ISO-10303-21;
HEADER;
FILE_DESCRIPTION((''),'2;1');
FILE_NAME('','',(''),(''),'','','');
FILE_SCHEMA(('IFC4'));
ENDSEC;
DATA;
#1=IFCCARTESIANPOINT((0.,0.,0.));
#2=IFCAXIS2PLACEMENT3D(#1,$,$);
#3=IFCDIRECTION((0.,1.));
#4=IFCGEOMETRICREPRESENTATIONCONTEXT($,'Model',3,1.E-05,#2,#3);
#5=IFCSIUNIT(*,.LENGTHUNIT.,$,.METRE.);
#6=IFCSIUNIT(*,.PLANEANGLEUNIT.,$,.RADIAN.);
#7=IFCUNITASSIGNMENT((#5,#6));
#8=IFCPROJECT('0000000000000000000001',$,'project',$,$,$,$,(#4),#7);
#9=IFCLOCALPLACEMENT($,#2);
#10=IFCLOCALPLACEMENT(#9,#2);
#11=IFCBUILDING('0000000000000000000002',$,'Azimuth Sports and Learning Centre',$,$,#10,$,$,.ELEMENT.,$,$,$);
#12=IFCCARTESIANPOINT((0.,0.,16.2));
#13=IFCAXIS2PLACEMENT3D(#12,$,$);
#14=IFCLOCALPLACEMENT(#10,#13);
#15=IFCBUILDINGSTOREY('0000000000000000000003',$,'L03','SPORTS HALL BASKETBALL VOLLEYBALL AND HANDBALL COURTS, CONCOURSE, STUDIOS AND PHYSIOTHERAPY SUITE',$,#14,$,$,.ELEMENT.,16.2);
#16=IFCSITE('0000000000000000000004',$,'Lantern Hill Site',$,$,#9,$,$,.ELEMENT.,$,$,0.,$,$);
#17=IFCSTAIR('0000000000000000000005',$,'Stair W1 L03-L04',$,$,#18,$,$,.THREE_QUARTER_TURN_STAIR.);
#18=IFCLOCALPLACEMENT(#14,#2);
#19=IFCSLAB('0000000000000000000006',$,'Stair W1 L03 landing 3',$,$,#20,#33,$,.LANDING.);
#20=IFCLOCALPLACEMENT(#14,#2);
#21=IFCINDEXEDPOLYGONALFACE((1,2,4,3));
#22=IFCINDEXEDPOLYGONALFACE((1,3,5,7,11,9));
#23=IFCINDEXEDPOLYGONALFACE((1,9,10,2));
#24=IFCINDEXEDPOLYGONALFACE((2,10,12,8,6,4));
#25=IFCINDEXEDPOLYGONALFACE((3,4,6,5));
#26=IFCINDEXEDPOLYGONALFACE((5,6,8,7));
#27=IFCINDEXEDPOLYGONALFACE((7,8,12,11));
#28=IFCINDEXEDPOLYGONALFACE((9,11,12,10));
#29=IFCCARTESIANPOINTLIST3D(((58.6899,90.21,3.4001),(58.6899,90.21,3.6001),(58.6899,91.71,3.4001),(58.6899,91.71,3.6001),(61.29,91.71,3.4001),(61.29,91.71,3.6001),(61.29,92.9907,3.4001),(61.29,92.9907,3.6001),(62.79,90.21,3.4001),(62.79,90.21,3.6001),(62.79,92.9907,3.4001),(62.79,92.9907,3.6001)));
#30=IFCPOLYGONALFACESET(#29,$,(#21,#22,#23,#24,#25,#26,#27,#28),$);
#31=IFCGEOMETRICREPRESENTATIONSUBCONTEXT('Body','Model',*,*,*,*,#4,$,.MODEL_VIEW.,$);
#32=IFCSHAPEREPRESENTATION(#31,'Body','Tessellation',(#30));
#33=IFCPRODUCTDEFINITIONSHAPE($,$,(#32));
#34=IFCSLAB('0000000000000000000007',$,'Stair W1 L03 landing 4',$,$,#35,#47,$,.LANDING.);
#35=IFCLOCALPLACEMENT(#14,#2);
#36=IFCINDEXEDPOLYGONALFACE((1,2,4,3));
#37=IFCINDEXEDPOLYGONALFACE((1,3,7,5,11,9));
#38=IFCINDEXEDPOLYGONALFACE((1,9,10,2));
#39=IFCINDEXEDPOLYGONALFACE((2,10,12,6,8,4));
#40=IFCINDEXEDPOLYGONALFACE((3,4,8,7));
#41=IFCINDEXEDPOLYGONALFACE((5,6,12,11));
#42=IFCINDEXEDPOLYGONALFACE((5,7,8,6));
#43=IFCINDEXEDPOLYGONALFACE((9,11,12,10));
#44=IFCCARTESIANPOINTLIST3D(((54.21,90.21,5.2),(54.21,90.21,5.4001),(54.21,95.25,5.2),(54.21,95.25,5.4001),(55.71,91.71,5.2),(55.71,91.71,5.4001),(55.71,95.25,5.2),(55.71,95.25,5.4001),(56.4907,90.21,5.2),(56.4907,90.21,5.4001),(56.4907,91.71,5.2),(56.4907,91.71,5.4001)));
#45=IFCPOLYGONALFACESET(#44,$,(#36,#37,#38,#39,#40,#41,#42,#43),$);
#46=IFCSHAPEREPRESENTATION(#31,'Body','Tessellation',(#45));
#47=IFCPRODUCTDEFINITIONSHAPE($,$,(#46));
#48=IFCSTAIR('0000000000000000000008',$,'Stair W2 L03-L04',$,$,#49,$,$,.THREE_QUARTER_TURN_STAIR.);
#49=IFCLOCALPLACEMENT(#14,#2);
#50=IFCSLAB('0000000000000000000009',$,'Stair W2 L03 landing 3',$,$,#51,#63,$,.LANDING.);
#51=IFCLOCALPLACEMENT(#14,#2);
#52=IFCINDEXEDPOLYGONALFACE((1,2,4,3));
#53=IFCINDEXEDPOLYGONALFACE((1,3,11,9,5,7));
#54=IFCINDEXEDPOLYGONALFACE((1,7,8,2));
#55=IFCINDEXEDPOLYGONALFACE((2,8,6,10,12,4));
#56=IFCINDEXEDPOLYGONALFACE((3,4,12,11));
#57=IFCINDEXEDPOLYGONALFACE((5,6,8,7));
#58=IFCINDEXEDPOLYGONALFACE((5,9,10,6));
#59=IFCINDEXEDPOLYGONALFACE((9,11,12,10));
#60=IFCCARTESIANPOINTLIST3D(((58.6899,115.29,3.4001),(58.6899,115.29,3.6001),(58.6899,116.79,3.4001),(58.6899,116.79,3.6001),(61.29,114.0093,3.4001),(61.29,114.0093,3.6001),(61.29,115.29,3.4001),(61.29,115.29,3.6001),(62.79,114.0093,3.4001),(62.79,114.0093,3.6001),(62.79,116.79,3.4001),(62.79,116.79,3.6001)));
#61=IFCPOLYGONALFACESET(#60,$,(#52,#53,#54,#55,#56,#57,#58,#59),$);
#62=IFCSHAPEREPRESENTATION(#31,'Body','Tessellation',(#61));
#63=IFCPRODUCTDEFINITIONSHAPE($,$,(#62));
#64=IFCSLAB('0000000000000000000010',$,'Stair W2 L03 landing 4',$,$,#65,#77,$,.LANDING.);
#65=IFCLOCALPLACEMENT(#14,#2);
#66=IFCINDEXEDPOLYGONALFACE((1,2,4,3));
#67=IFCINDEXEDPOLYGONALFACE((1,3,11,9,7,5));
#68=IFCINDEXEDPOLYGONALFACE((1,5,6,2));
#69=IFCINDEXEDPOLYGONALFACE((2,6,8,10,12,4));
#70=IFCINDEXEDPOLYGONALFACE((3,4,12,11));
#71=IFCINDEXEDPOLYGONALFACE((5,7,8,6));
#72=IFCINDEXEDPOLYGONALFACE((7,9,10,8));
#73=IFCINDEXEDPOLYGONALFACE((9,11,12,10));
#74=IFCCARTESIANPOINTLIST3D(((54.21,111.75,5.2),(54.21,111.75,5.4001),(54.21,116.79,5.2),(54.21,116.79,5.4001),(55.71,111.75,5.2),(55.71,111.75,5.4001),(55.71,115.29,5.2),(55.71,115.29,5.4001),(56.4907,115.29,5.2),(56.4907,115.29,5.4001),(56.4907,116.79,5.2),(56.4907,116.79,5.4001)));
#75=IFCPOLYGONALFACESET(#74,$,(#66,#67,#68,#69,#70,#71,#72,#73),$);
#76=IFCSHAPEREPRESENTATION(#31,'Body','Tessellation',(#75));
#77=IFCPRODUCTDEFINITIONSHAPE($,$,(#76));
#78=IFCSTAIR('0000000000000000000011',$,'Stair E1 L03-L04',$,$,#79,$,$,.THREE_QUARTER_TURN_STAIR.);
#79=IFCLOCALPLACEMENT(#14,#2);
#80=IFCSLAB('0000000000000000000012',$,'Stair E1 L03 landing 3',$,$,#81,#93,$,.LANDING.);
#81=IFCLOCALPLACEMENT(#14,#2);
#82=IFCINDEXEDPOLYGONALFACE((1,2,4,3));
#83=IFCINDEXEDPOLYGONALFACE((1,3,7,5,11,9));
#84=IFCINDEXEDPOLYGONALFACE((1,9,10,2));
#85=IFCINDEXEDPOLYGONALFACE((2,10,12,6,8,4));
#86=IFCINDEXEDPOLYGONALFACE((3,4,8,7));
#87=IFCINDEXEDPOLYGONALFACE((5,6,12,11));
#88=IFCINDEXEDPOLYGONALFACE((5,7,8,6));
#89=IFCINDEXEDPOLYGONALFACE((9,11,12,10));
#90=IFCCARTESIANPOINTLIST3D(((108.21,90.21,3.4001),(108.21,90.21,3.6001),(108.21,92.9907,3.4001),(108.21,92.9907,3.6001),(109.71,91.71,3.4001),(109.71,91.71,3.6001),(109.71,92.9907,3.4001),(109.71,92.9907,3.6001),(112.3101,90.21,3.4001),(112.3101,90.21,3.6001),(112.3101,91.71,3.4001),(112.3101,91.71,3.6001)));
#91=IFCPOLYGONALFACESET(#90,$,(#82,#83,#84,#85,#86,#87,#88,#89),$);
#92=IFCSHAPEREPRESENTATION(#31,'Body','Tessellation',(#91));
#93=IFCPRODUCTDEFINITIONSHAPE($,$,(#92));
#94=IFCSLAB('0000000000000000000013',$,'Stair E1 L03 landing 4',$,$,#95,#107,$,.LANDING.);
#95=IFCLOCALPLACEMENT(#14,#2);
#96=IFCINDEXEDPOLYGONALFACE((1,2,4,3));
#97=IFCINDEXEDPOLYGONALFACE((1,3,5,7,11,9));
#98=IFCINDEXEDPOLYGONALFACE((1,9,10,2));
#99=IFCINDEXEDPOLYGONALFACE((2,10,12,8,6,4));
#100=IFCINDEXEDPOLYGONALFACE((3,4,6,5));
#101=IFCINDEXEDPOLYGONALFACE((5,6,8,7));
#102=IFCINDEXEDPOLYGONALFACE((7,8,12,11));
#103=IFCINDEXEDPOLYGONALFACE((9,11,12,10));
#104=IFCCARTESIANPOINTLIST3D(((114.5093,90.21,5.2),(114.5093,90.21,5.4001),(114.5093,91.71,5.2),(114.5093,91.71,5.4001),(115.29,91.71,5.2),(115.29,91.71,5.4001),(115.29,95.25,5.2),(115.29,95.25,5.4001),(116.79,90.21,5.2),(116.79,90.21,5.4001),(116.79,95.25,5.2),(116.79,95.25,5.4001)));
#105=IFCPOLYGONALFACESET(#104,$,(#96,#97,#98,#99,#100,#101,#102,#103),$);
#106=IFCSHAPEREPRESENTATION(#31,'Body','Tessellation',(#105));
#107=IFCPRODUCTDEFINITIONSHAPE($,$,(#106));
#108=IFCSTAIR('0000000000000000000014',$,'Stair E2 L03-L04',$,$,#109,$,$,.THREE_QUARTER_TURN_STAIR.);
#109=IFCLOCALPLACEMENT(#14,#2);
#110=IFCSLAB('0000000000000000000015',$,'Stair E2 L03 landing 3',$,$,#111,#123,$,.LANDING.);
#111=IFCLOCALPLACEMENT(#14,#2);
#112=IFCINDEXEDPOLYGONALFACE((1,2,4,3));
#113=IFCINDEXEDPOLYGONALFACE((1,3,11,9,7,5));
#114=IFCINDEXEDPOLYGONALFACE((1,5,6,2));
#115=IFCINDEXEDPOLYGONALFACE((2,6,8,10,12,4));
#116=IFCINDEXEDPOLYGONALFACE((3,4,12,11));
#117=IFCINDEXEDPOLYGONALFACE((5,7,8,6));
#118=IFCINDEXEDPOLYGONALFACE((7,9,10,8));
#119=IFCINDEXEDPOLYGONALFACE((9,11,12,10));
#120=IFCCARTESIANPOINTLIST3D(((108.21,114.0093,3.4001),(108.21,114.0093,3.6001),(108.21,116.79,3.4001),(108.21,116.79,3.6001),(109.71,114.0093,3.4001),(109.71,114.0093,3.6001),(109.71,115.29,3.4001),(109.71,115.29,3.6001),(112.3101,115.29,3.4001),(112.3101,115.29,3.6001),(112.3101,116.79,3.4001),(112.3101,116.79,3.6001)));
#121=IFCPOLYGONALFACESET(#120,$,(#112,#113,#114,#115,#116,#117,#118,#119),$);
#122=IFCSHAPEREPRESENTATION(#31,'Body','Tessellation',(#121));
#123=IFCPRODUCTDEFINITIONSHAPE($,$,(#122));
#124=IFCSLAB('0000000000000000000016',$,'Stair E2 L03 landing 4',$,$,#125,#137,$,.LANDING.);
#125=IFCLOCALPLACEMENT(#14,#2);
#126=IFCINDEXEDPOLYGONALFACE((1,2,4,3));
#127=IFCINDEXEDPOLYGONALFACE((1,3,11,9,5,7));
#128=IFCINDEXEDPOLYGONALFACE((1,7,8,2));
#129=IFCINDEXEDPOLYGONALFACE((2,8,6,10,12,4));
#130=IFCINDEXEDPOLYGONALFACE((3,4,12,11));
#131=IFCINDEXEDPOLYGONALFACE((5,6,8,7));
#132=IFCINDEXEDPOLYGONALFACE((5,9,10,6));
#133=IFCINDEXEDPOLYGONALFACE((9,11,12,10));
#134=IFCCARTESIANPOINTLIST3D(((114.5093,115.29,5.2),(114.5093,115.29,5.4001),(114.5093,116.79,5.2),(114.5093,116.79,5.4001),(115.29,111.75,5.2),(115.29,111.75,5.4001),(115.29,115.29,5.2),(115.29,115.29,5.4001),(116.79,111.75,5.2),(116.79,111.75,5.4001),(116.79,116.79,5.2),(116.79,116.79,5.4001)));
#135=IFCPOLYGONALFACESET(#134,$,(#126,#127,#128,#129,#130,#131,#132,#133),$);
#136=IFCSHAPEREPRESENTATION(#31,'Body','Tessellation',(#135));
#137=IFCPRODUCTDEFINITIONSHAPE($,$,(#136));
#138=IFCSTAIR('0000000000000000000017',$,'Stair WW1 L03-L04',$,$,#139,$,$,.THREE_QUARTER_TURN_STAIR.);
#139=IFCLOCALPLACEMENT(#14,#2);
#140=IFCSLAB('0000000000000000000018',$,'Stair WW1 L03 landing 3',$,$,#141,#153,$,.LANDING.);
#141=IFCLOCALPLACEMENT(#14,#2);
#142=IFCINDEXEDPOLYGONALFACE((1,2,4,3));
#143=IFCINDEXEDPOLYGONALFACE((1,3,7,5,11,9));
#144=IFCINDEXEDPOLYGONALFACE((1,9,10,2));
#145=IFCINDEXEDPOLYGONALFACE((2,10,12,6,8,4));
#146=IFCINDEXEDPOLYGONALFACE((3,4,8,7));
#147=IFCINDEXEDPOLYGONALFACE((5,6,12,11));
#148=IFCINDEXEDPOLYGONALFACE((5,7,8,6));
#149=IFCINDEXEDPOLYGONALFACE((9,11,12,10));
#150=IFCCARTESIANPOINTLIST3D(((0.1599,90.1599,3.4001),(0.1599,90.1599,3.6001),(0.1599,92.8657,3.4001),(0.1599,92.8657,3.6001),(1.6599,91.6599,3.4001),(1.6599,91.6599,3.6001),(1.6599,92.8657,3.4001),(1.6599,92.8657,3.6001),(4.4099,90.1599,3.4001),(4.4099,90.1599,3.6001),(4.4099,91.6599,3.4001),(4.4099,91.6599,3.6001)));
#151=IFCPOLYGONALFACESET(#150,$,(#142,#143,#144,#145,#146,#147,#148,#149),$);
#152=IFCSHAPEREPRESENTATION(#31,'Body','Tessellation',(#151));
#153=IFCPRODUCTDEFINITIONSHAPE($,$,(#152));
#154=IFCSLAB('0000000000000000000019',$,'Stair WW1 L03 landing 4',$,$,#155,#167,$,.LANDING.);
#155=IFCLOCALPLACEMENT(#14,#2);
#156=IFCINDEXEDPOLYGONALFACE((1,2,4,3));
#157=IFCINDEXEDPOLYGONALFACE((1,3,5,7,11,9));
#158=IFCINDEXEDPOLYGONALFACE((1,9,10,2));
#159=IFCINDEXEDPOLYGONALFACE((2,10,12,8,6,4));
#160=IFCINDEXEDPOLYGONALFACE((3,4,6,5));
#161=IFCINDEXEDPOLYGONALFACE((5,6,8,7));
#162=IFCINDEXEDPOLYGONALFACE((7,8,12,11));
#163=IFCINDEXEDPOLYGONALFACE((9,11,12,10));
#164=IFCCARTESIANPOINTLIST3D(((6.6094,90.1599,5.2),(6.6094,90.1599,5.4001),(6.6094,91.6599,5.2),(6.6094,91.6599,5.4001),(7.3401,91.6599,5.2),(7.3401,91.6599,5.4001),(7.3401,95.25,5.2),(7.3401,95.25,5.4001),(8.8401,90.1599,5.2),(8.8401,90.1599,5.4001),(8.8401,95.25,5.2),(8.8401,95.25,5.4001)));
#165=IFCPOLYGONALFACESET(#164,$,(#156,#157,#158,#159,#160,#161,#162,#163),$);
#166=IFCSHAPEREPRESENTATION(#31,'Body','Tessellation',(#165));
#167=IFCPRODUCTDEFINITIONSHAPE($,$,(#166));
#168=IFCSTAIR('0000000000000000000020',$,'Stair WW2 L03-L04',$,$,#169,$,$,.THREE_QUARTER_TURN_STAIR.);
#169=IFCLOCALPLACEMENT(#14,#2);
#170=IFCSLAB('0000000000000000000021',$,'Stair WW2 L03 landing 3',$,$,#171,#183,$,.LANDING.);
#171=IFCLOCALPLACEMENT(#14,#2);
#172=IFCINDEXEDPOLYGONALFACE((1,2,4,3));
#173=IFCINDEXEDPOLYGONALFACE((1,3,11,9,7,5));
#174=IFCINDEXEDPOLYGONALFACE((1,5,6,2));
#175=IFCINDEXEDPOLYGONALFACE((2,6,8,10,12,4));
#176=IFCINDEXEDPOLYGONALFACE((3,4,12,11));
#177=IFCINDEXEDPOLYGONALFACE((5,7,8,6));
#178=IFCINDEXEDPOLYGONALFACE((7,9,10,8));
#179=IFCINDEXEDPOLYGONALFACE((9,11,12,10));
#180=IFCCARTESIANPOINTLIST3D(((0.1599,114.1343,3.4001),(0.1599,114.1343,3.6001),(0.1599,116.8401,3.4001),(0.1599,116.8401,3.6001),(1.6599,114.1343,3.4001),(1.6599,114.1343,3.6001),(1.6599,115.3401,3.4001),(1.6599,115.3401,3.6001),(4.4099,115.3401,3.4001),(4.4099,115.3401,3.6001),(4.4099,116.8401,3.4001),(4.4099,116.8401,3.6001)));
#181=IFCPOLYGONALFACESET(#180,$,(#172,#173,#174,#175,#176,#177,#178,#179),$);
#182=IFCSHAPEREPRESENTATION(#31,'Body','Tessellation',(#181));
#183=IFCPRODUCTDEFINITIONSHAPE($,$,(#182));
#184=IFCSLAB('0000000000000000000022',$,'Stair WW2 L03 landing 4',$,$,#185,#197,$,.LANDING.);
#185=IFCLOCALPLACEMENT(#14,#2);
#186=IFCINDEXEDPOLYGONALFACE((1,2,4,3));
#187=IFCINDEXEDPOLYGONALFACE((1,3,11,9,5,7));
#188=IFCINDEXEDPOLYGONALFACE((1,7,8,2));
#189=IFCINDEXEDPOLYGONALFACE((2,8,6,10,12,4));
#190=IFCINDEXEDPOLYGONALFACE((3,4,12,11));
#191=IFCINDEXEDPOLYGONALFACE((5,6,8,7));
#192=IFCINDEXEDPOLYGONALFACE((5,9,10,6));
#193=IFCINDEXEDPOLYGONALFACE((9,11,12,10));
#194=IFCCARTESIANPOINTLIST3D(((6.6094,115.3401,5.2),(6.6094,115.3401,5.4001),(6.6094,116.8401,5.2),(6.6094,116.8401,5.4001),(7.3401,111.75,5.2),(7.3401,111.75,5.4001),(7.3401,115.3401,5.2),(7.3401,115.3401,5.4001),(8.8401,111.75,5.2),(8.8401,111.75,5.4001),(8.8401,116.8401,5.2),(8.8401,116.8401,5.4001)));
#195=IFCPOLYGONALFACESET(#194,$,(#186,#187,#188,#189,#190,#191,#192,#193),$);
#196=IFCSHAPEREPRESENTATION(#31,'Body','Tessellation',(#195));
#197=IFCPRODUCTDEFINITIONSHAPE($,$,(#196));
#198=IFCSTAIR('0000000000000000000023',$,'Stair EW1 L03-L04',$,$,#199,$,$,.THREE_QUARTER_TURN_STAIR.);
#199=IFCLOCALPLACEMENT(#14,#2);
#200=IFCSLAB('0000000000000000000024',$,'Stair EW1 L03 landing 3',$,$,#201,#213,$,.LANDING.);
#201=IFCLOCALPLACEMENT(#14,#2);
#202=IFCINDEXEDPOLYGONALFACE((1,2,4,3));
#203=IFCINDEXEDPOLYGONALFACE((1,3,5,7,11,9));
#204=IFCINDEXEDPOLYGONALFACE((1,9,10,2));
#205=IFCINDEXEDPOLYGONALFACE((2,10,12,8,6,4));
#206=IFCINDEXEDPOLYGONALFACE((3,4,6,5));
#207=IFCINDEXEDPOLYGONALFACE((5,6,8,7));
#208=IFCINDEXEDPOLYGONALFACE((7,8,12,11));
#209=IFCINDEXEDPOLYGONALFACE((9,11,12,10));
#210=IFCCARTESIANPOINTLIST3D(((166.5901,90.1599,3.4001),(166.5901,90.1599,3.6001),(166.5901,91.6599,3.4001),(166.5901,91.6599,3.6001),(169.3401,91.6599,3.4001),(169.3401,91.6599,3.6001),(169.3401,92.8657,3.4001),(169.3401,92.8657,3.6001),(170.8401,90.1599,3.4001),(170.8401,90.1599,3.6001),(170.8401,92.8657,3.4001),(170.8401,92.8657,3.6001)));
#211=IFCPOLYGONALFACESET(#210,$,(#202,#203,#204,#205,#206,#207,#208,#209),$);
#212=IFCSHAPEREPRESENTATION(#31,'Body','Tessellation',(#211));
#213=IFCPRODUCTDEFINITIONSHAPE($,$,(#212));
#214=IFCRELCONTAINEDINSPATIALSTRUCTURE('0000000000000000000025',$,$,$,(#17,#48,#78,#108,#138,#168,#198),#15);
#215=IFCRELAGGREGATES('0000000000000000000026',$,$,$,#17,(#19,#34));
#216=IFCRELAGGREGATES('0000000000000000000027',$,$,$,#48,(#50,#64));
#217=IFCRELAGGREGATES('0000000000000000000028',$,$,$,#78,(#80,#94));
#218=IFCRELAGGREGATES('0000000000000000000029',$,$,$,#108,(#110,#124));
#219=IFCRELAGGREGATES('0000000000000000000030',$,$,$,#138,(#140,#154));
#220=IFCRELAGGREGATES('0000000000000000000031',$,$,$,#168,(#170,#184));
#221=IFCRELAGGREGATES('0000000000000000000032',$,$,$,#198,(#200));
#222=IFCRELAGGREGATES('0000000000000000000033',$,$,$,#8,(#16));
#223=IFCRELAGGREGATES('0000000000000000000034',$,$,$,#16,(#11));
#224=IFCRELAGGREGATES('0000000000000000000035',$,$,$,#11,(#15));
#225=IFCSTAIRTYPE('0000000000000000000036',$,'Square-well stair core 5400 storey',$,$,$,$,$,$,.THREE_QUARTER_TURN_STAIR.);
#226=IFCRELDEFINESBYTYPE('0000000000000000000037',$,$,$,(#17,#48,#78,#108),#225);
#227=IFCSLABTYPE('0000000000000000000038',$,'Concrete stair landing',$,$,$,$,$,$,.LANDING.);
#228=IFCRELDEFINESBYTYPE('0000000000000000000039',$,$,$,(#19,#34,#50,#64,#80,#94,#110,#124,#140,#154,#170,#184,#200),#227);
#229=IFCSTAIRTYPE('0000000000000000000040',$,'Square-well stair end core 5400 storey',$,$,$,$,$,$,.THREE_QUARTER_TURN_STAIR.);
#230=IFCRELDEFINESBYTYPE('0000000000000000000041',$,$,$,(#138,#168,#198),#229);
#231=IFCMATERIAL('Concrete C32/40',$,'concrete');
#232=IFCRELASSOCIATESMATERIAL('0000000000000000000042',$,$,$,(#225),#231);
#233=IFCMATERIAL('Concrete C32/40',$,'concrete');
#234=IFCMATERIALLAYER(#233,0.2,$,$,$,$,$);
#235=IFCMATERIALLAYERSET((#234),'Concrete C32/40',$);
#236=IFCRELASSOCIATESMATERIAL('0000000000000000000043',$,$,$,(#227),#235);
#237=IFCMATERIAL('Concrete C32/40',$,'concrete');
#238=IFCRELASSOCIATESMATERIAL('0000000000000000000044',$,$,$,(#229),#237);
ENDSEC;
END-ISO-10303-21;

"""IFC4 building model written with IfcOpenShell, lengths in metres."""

from ifc_helpers import new_model, si_unit, direction, frame, origin, place, context, subcontext, project, spatial, polyline, outline, extrude, material, layer, layer_set, type_object, element, aggregate, save


model = new_model("IFC4")

# Units and contexts
model_context = context("Model", 3, precision=1e-05, world=origin(), true_north=direction((0.0, 1.0)))
body_context = subcontext(model_context, "Body", "Model", "MODEL_VIEW")
ifc_project = project(units=[si_unit("LENGTHUNIT", "METRE"), si_unit("PLANEANGLEUNIT", "RADIAN")], contexts=[model_context])

# Site, building, storey
site_placement = place(None, origin())
site = spatial("IfcSite", under=ifc_project, at=site_placement, Name="Lantern Hill Site", CompositionType="ELEMENT", RefElevation=0.0)
building_placement = place(site_placement, origin())
building = spatial("IfcBuilding", under=site, at=building_placement, Name="Azimuth Sports and Learning Centre", CompositionType="ELEMENT")
storey_placement = place(building_placement, frame((0.0, 0.0, 16.2)))
storey = spatial("IfcBuildingStorey", under=building, at=storey_placement, Name="L03", Description="SPORTS HALL BASKETBALL VOLLEYBALL AND HANDBALL COURTS, CONCOURSE, STUDIOS AND PHYSIOTHERAPY SUITE", CompositionType="ELEMENT", Elevation=16.2)

# Stairs, slabs
ifc_material_1 = material(Name="Concrete C32/40", Category="concrete")
stair_type_1 = type_object("IfcStairType", Name="Square-well stair core 5400 storey", PredefinedType="THREE_QUARTER_TURN_STAIR", material=ifc_material_1)
stair_1_placement = place(storey_placement, origin())
stair_1 = element("IfcStair", 1, at=stair_1_placement, inside=storey, type_object=stair_type_1, Name="Stair W1 L03-L04", PredefinedType="THREE_QUARTER_TURN_STAIR")
ifc_material_2 = material(Name="Concrete C32/40", Category="concrete")
ifc_layer = layer(ifc_material_2, 0.2)
ifc_layer_set = layer_set([ifc_layer], Name="Concrete C32/40")
slab_type = type_object("IfcSlabType", Name="Concrete stair landing", PredefinedType="LANDING", material=ifc_layer_set)
slab_1_placement = place(storey_placement, frame((0.0, 0.0, 3.4001)))
slab_1 = element("IfcSlab", 2, at=slab_1_placement, type_object=slab_type, Name="Stair W1 L03 landing 3", PredefinedType="LANDING", context=body_context, shape_type="SweptSolid", body=[
    extrude(outline(polyline([(61.29, 91.71), (58.6899, 91.71), (58.6899, 90.21), (62.79, 90.21), (62.79, 92.9907), (61.29, 92.9907), (61.29, 91.71)])), origin(), (0.0, 0.0, 1.0), 0.2),
])
slab_2_placement = place(storey_placement, frame((0.0, 0.0, 5.2)))
slab_2 = element("IfcSlab", 3, at=slab_2_placement, type_object=slab_type, Name="Stair W1 L03 landing 4", PredefinedType="LANDING", context=body_context, shape_type="SweptSolid", body=[
    extrude(outline(polyline([(55.71, 91.71), (55.71, 95.25), (54.21, 95.25), (54.21, 90.21), (56.4907, 90.21), (56.4907, 91.71), (55.71, 91.71)])), origin(), (0.0, 0.0, 1.0), 0.2002),
])
aggregate(stair_1, [slab_1, slab_2])
stair_2_placement = place(storey_placement, origin())
stair_2 = element("IfcStair", 4, at=stair_2_placement, inside=storey, type_object=stair_type_1, Name="Stair W2 L03-L04", PredefinedType="THREE_QUARTER_TURN_STAIR")
slab_3_placement = place(storey_placement, frame((0.0, 0.0, 3.4001)))
slab_3 = element("IfcSlab", 5, at=slab_3_placement, type_object=slab_type, Name="Stair W2 L03 landing 3", PredefinedType="LANDING", context=body_context, shape_type="SweptSolid", body=[
    extrude(outline(polyline([(61.29, 115.29), (61.29, 114.0093), (62.79, 114.0093), (62.79, 116.79), (58.6899, 116.79), (58.6899, 115.29), (61.29, 115.29)])), origin(), (0.0, 0.0, 1.0), 0.2),
])
slab_4_placement = place(storey_placement, frame((0.0, 0.0, 5.2)))
slab_4 = element("IfcSlab", 6, at=slab_4_placement, type_object=slab_type, Name="Stair W2 L03 landing 4", PredefinedType="LANDING", context=body_context, shape_type="SweptSolid", body=[
    extrude(outline(polyline([(55.71, 115.29), (56.4907, 115.29), (56.4907, 116.79), (54.21, 116.79), (54.21, 111.75), (55.71, 111.75), (55.71, 115.29)])), origin(), (0.0, 0.0, 1.0), 0.2002),
])
aggregate(stair_2, [slab_3, slab_4])
stair_3_placement = place(storey_placement, origin())
stair_3 = element("IfcStair", 7, at=stair_3_placement, inside=storey, type_object=stair_type_1, Name="Stair E1 L03-L04", PredefinedType="THREE_QUARTER_TURN_STAIR")
slab_5_placement = place(storey_placement, frame((0.0, 0.0, 3.4001)))
slab_5 = element("IfcSlab", 8, at=slab_5_placement, type_object=slab_type, Name="Stair E1 L03 landing 3", PredefinedType="LANDING", context=body_context, shape_type="SweptSolid", body=[
    extrude(outline(polyline([(109.71, 91.71), (109.71, 92.9907), (108.21, 92.9907), (108.21, 90.21), (112.3101, 90.21), (112.3101, 91.71), (109.71, 91.71)])), origin(), (0.0, 0.0, 1.0), 0.2),
])
slab_6_placement = place(storey_placement, frame((0.0, 0.0, 5.2)))
slab_6 = element("IfcSlab", 9, at=slab_6_placement, type_object=slab_type, Name="Stair E1 L03 landing 4", PredefinedType="LANDING", context=body_context, shape_type="SweptSolid", body=[
    extrude(outline(polyline([(115.29, 91.71), (114.5093, 91.71), (114.5093, 90.21), (116.79, 90.21), (116.79, 95.25), (115.29, 95.25), (115.29, 91.71)])), origin(), (0.0, 0.0, 1.0), 0.2002),
])
aggregate(stair_3, [slab_5, slab_6])
stair_4_placement = place(storey_placement, origin())
stair_4 = element("IfcStair", 10, at=stair_4_placement, inside=storey, type_object=stair_type_1, Name="Stair E2 L03-L04", PredefinedType="THREE_QUARTER_TURN_STAIR")
slab_7_placement = place(storey_placement, frame((0.0, 0.0, 3.4001)))
slab_7 = element("IfcSlab", 11, at=slab_7_placement, type_object=slab_type, Name="Stair E2 L03 landing 3", PredefinedType="LANDING", context=body_context, shape_type="SweptSolid", body=[
    extrude(outline(polyline([(109.71, 115.29), (112.3101, 115.29), (112.3101, 116.79), (108.21, 116.79), (108.21, 114.0093), (109.71, 114.0093), (109.71, 115.29)])), origin(), (0.0, 0.0, 1.0), 0.2),
])
slab_8_placement = place(storey_placement, frame((0.0, 0.0, 5.2)))
slab_8 = element("IfcSlab", 12, at=slab_8_placement, type_object=slab_type, Name="Stair E2 L03 landing 4", PredefinedType="LANDING", context=body_context, shape_type="SweptSolid", body=[
    extrude(outline(polyline([(115.29, 115.29), (115.29, 111.75), (116.79, 111.75), (116.79, 116.79), (114.5093, 116.79), (114.5093, 115.29), (115.29, 115.29)])), origin(), (0.0, 0.0, 1.0), 0.2002),
])
aggregate(stair_4, [slab_7, slab_8])
ifc_material_3 = material(Name="Concrete C32/40", Category="concrete")
stair_type_2 = type_object("IfcStairType", Name="Square-well stair end core 5400 storey", PredefinedType="THREE_QUARTER_TURN_STAIR", material=ifc_material_3)
stair_5_placement = place(storey_placement, origin())
stair_5 = element("IfcStair", 13, at=stair_5_placement, inside=storey, type_object=stair_type_2, Name="Stair WW1 L03-L04", PredefinedType="THREE_QUARTER_TURN_STAIR")
slab_9_placement = place(storey_placement, frame((0.0, 0.0, 3.4001)))
slab_9 = element("IfcSlab", 14, at=slab_9_placement, type_object=slab_type, Name="Stair WW1 L03 landing 3", PredefinedType="LANDING", context=body_context, shape_type="SweptSolid", body=[
    extrude(outline(polyline([(1.6599, 91.6599), (1.6599, 92.8657), (0.1599, 92.8657), (0.1599, 90.1599), (4.4099, 90.1599), (4.4099, 91.6599), (1.6599, 91.6599)])), origin(), (0.0, 0.0, 1.0), 0.2),
])
slab_10_placement = place(storey_placement, frame((0.0, 0.0, 5.2)))
slab_10 = element("IfcSlab", 15, at=slab_10_placement, type_object=slab_type, Name="Stair WW1 L03 landing 4", PredefinedType="LANDING", context=body_context, shape_type="SweptSolid", body=[
    extrude(outline(polyline([(7.3401, 91.6599), (6.6094, 91.6599), (6.6094, 90.1599), (8.8401, 90.1599), (8.8401, 95.25), (7.3401, 95.25), (7.3401, 91.6599)])), origin(), (0.0, 0.0, 1.0), 0.2002),
])
aggregate(stair_5, [slab_9, slab_10])
stair_6_placement = place(storey_placement, origin())
stair_6 = element("IfcStair", 16, at=stair_6_placement, inside=storey, type_object=stair_type_2, Name="Stair WW2 L03-L04", PredefinedType="THREE_QUARTER_TURN_STAIR")
slab_11_placement = place(storey_placement, frame((0.0, 0.0, 3.4001)))
slab_11 = element("IfcSlab", 17, at=slab_11_placement, type_object=slab_type, Name="Stair WW2 L03 landing 3", PredefinedType="LANDING", context=body_context, shape_type="SweptSolid", body=[
    extrude(outline(polyline([(1.6599, 115.3401), (4.4099, 115.3401), (4.4099, 116.8401), (0.1599, 116.8401), (0.1599, 114.1343), (1.6599, 114.1343), (1.6599, 115.3401)])), origin(), (0.0, 0.0, 1.0), 0.2),
])
slab_12_placement = place(storey_placement, frame((0.0, 0.0, 5.2)))
slab_12 = element("IfcSlab", 18, at=slab_12_placement, type_object=slab_type, Name="Stair WW2 L03 landing 4", PredefinedType="LANDING", context=body_context, shape_type="SweptSolid", body=[
    extrude(outline(polyline([(7.3401, 115.3401), (7.3401, 111.75), (8.8401, 111.75), (8.8401, 116.8401), (6.6094, 116.8401), (6.6094, 115.3401), (7.3401, 115.3401)])), origin(), (0.0, 0.0, 1.0), 0.2002),
])
aggregate(stair_6, [slab_11, slab_12])
stair_7_placement = place(storey_placement, origin())
stair_7 = element("IfcStair", 19, at=stair_7_placement, inside=storey, type_object=stair_type_2, Name="Stair EW1 L03-L04", PredefinedType="THREE_QUARTER_TURN_STAIR")
slab_13_placement = place(storey_placement, frame((0.0, 0.0, 3.4001)))
slab_13 = element("IfcSlab", 20, at=slab_13_placement, type_object=slab_type, Name="Stair EW1 L03 landing 3", PredefinedType="LANDING", context=body_context, shape_type="SweptSolid", body=[
    extrude(outline(polyline([(169.3401, 91.6599), (166.5901, 91.6599), (166.5901, 90.1599), (170.8401, 90.1599), (170.8401, 92.8657), (169.3401, 92.8657), (169.3401, 91.6599)])), origin(), (0.0, 0.0, 1.0), 0.2),
])
aggregate(stair_7, [slab_13])

save(model, "model.ifc")
